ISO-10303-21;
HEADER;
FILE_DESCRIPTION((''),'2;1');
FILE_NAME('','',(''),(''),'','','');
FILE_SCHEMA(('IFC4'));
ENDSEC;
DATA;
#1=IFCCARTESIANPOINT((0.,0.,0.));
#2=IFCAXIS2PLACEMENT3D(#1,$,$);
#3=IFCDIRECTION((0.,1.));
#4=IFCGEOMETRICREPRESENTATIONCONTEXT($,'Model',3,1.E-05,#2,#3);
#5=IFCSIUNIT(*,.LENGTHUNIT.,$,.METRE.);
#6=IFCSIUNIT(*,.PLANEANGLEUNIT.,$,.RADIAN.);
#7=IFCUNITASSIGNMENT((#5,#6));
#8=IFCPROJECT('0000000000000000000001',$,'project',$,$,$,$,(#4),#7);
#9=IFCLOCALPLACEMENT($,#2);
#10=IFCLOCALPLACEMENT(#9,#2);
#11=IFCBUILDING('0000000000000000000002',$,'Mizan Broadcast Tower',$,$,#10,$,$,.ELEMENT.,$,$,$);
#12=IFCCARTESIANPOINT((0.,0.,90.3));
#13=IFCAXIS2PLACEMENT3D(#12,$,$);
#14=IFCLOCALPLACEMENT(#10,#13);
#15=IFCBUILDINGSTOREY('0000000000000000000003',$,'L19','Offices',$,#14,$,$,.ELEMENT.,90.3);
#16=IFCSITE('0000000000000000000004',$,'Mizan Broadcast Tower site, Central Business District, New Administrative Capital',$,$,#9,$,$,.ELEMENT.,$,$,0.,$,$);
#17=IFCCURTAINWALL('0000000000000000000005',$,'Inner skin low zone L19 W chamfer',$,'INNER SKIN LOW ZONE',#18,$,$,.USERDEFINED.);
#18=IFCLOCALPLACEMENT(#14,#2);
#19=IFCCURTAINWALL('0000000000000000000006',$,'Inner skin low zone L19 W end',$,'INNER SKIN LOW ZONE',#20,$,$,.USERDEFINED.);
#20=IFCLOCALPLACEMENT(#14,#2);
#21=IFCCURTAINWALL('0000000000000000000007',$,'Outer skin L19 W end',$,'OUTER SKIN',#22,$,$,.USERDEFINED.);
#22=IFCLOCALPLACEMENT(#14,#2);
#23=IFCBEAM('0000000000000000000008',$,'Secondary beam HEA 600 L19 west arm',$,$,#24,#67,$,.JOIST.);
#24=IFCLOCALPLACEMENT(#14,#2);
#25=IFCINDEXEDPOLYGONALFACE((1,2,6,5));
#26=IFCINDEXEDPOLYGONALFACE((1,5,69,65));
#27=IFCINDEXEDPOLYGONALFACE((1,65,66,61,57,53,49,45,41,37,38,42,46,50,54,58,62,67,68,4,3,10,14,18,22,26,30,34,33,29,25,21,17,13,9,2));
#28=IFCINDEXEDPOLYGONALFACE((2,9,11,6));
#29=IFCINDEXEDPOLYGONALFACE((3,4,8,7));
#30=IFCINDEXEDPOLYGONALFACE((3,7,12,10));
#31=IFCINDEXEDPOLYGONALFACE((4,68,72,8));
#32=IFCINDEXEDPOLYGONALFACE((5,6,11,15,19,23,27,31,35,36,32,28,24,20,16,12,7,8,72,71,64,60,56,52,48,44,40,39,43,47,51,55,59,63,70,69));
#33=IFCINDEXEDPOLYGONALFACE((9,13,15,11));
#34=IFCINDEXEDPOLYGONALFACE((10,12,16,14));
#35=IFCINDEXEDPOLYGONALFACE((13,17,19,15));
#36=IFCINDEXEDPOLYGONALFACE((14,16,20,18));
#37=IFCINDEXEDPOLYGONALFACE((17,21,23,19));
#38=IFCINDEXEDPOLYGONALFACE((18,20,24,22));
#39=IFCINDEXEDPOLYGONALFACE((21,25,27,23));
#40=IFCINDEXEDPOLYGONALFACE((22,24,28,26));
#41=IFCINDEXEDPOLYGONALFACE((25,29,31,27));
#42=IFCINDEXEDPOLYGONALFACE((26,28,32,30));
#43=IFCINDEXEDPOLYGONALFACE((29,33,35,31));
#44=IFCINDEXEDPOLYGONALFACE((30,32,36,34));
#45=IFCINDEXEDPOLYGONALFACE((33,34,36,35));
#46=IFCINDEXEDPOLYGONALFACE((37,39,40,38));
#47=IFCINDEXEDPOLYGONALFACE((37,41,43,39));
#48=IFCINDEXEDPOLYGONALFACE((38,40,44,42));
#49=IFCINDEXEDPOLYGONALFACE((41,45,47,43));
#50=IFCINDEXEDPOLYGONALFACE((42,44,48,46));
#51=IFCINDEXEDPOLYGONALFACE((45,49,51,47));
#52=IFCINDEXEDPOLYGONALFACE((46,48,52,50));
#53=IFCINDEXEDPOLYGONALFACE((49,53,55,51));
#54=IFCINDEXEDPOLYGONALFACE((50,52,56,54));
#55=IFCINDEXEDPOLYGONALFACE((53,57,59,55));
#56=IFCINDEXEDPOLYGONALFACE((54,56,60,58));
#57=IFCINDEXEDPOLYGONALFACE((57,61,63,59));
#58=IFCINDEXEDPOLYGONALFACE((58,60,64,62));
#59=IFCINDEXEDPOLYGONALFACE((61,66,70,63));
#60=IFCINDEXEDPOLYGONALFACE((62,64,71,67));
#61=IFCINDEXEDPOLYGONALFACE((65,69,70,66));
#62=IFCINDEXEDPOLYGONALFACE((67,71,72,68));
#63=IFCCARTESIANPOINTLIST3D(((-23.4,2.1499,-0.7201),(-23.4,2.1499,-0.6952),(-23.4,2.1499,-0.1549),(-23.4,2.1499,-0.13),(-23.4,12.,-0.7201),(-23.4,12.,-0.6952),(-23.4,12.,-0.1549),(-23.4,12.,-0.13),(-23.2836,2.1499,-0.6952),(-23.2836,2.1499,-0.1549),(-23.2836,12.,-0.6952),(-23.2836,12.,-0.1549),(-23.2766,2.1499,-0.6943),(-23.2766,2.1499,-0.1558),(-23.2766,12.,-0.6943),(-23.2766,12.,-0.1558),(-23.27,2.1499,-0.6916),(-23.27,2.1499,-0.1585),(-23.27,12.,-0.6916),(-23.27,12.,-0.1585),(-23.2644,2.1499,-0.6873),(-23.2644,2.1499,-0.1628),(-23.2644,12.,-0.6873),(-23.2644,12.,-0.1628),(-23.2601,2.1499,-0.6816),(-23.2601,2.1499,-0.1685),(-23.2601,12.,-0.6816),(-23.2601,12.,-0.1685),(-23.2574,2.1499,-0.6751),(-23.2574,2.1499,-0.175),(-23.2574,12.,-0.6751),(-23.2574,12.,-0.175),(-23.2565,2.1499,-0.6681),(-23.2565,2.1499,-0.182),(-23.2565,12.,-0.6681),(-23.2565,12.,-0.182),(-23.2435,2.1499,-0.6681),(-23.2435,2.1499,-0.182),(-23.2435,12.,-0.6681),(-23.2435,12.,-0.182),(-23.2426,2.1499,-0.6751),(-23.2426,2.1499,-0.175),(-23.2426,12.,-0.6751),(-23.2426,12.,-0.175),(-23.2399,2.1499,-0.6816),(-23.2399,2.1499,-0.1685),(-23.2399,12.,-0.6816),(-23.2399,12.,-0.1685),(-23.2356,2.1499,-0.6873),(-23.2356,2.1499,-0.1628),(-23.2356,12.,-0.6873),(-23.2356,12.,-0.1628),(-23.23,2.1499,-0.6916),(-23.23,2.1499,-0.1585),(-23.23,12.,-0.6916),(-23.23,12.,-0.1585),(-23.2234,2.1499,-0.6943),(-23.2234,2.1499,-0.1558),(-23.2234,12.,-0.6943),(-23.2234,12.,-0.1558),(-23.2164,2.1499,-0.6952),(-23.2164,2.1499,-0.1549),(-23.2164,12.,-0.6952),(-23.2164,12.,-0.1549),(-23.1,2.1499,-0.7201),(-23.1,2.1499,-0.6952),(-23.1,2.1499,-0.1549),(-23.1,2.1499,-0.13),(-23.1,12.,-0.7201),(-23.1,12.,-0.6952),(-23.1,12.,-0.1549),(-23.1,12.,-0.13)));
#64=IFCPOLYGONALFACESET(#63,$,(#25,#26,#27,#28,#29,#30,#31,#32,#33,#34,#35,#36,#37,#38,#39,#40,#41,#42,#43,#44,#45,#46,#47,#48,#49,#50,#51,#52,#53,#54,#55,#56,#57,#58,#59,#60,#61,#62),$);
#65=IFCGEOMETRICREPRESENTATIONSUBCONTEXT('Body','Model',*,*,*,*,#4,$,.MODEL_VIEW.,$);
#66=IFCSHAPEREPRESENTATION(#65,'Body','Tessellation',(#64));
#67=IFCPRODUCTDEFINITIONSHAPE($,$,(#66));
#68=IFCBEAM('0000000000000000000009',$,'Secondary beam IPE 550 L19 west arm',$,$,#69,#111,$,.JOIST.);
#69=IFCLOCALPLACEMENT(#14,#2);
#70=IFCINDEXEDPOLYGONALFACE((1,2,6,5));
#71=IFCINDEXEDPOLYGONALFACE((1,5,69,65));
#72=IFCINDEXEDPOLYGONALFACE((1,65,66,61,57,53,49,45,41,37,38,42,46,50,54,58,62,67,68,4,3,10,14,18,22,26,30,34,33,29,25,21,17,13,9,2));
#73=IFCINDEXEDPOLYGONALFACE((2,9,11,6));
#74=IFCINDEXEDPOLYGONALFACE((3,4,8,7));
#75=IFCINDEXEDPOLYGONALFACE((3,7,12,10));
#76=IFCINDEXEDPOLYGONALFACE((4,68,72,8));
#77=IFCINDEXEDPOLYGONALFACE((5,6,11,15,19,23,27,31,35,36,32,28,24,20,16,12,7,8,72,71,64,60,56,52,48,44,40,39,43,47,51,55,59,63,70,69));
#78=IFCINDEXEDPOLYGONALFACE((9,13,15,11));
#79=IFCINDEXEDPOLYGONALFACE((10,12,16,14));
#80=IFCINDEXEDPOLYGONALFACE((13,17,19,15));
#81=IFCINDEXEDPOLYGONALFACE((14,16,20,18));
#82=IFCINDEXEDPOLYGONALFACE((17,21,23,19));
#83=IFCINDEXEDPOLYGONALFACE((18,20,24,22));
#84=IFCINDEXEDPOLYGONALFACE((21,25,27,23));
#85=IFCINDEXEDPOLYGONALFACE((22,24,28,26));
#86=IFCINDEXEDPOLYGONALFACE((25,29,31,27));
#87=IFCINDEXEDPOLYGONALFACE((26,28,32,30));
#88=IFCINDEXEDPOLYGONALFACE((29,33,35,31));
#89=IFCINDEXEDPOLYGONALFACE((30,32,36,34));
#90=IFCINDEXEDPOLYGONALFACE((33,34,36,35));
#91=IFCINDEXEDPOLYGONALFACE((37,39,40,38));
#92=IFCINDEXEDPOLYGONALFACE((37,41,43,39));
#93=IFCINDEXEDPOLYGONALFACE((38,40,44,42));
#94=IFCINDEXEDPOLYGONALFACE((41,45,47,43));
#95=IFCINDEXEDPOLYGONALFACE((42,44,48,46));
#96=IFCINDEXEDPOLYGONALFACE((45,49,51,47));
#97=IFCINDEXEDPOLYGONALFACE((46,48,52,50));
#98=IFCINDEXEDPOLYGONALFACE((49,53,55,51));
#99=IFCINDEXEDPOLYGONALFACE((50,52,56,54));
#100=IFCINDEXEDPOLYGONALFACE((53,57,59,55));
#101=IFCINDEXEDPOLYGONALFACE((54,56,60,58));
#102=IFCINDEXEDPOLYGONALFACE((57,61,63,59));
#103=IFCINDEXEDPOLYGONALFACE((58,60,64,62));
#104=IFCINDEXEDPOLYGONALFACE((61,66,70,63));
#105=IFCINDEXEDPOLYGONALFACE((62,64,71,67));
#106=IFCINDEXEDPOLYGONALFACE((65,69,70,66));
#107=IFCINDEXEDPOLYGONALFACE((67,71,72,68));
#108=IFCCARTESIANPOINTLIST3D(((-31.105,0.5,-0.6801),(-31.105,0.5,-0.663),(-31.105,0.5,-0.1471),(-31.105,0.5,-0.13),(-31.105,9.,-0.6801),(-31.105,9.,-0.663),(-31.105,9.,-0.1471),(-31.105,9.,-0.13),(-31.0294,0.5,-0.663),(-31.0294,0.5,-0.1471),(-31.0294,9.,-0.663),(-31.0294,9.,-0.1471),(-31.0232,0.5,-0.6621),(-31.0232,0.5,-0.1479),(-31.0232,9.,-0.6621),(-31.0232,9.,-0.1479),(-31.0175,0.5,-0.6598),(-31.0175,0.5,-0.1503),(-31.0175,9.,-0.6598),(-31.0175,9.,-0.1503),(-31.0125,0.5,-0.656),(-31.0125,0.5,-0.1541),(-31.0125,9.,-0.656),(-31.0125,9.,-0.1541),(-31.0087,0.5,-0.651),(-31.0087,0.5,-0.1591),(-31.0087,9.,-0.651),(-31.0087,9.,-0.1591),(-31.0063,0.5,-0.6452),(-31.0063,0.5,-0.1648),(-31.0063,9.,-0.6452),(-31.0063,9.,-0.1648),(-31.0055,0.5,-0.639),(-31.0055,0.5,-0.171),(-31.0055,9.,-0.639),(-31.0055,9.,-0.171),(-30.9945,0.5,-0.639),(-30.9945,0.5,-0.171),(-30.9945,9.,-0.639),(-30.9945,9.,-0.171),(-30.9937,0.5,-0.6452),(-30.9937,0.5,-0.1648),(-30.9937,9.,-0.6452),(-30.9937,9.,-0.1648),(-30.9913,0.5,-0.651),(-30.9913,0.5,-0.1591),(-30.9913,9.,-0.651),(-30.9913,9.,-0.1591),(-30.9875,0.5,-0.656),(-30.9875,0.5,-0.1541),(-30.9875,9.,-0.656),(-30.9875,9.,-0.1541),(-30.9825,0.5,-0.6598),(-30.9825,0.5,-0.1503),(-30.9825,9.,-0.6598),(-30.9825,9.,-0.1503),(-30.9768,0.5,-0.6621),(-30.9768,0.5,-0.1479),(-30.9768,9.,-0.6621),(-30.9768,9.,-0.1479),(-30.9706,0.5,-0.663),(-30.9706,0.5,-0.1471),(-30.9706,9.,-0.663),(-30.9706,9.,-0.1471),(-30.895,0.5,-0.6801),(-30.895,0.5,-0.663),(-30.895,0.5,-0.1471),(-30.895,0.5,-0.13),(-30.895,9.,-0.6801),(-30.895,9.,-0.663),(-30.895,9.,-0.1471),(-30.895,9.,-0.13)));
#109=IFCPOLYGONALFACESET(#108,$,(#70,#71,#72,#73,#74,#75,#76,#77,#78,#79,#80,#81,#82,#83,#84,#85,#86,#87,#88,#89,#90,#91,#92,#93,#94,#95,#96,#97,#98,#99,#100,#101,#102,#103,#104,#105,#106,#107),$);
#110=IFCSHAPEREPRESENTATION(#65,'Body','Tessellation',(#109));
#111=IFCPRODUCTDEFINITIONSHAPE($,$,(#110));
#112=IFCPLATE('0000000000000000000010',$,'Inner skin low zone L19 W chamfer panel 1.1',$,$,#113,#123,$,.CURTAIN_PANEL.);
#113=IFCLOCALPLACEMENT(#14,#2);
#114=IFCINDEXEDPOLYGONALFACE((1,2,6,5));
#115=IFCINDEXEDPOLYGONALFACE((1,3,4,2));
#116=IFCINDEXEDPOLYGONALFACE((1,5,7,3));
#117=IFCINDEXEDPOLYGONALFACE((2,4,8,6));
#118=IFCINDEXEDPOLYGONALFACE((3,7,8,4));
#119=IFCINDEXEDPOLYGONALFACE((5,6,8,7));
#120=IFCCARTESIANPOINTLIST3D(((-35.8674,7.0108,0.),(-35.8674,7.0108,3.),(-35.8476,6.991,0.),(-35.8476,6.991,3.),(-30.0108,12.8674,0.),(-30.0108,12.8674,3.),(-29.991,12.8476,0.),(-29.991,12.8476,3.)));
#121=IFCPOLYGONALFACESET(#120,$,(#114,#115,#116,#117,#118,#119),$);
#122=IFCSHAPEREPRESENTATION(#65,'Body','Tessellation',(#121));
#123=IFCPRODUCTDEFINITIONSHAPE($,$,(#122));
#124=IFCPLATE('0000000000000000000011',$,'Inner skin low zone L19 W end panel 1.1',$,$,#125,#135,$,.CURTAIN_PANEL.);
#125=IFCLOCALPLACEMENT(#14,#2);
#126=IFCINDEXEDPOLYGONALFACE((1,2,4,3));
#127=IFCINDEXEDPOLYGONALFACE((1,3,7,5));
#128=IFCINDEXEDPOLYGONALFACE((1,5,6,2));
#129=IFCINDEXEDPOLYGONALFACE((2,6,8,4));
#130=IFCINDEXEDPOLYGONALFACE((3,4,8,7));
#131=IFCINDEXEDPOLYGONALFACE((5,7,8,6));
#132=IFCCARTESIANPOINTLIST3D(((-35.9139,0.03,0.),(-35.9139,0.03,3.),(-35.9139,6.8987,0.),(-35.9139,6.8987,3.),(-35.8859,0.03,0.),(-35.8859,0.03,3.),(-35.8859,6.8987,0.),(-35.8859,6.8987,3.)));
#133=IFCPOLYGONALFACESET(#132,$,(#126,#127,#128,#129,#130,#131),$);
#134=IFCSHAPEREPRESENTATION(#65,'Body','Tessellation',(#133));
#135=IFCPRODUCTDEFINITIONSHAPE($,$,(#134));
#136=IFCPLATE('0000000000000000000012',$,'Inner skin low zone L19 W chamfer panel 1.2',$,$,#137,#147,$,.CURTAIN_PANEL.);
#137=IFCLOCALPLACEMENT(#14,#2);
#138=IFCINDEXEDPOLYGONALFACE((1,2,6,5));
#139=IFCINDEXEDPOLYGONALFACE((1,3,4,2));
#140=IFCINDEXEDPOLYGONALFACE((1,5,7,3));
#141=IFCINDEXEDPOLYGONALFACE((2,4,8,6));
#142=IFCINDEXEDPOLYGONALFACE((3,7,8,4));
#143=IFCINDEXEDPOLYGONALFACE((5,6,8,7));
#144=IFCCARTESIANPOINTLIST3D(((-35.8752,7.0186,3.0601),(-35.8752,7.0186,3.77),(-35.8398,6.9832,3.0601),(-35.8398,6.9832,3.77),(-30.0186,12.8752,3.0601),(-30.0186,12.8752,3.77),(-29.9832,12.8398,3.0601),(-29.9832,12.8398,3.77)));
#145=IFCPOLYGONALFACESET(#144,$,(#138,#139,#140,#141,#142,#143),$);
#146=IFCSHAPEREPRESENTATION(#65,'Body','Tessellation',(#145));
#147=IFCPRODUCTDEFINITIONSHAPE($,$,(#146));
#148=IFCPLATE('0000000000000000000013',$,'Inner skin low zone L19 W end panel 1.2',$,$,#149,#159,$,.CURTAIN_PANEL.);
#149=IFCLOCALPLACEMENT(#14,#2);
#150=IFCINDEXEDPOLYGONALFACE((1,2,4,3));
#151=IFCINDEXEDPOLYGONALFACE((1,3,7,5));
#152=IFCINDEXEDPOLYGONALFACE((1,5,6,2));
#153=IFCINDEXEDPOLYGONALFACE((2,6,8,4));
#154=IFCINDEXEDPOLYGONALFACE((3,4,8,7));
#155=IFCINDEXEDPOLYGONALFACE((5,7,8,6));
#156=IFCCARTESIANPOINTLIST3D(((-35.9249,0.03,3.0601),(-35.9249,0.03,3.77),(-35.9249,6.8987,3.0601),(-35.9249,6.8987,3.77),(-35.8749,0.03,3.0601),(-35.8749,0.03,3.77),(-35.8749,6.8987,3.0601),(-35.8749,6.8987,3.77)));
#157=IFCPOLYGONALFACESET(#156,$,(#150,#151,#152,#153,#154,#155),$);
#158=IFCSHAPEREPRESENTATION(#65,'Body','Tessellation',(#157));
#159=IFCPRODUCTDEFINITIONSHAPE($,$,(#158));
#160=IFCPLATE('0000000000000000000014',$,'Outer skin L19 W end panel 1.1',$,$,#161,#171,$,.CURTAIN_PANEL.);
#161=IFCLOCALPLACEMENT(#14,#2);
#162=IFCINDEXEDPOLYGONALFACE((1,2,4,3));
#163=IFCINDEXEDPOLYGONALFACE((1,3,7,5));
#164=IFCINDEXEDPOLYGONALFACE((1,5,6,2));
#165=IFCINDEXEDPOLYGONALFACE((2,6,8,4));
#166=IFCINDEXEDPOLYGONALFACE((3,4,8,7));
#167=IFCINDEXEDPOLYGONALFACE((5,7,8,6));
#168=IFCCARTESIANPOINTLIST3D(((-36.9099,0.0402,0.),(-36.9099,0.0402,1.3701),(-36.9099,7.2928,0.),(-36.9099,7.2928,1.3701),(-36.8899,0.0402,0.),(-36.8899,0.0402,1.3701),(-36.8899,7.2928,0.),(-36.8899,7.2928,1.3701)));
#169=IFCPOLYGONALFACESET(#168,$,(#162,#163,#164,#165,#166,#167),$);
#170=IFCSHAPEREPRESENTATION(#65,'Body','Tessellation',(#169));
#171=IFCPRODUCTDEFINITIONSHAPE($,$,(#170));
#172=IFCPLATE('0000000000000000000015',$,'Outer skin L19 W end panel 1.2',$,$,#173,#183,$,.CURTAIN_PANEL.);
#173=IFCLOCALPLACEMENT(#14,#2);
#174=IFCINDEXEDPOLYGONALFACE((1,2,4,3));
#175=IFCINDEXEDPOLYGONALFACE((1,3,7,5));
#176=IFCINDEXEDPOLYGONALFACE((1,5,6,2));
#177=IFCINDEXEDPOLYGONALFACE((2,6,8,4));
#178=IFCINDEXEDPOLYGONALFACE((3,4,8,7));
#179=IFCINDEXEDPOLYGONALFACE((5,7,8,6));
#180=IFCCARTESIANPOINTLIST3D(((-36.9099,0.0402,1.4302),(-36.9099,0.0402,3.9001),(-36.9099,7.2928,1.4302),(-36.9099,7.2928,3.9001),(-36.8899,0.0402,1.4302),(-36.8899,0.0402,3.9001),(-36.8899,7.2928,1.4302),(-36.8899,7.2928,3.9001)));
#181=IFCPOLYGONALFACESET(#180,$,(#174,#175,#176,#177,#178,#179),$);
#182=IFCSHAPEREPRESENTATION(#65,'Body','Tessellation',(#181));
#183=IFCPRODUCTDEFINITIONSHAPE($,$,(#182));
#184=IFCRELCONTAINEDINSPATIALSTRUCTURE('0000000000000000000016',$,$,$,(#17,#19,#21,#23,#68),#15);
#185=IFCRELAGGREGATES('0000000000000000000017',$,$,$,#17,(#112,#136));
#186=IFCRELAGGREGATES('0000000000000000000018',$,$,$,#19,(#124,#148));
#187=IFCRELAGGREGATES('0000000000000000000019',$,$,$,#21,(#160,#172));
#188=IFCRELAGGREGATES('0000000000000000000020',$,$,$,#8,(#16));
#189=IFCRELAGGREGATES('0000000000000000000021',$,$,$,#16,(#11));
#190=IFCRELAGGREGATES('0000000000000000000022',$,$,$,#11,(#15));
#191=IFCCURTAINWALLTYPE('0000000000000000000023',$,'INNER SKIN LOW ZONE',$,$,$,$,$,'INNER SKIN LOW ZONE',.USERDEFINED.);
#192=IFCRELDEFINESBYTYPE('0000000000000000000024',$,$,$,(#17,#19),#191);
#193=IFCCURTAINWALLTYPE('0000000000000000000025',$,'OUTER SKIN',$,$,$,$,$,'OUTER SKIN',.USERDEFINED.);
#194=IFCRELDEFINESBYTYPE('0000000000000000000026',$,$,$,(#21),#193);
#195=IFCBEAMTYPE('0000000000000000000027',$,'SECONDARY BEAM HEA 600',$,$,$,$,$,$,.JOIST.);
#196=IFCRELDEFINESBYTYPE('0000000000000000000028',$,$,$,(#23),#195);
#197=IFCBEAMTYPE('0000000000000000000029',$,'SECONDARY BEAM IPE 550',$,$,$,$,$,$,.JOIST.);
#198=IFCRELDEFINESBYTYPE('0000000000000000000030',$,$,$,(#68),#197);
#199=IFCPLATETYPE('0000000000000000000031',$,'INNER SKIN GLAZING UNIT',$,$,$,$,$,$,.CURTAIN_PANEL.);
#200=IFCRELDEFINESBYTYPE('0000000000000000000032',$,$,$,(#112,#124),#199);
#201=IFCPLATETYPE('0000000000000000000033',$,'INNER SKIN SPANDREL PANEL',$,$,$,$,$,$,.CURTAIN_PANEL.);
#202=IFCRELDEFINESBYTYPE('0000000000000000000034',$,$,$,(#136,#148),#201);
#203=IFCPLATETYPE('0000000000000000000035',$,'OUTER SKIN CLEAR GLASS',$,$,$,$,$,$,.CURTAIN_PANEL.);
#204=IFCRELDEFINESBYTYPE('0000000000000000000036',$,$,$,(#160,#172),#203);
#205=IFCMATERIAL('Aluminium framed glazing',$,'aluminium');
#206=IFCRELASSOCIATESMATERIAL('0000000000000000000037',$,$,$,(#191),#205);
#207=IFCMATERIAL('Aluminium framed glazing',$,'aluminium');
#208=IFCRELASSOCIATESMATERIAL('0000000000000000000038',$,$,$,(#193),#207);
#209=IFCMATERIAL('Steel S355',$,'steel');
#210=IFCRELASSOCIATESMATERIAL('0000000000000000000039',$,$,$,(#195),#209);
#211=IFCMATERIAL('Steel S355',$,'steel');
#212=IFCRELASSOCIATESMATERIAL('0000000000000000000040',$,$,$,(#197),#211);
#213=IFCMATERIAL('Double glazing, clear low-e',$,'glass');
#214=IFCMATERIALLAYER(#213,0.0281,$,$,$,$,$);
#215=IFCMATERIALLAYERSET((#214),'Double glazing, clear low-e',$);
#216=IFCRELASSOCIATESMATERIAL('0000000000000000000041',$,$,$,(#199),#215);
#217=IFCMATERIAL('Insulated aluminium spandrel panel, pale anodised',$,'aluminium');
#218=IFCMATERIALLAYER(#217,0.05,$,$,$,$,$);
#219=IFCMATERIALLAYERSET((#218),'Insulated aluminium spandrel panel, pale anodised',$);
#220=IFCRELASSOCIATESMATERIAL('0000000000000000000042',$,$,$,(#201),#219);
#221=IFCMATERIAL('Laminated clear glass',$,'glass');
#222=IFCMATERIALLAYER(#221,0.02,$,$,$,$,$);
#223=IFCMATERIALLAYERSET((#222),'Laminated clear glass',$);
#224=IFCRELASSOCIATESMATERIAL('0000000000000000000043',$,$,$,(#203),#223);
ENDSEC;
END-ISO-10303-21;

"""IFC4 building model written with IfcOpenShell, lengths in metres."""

from ifc_helpers import new_model, si_unit, direction, frame, origin, origin_2d, place, context, subcontext, project, spatial, rectangle, i_section, extrude, material, layer, layer_set, material_profile, profile_set, type_object, element, aggregate, save


model = new_model("IFC4")

# Units and contexts
model_context = context("Model", 3, precision=1e-05, world=origin(), true_north=direction((0.0, 1.0)))
body_context = subcontext(model_context, "Body", "Model", "MODEL_VIEW")
ifc_project = project(units=[si_unit("LENGTHUNIT", "METRE"), si_unit("PLANEANGLEUNIT", "RADIAN")], contexts=[model_context])

# Site, building, storey
site_placement = place(None, origin())
site = spatial("IfcSite", under=ifc_project, at=site_placement, Name="Mizan Broadcast Tower site, Central Business District, New Administrative Capital", CompositionType="ELEMENT", RefElevation=0.0)
building_placement = place(site_placement, origin())
building = spatial("IfcBuilding", under=site, at=building_placement, Name="Mizan Broadcast Tower", CompositionType="ELEMENT")
storey_placement = place(building_placement, frame((0.0, 0.0, 90.3)))
storey = spatial("IfcBuildingStorey", under=building, at=storey_placement, Name="L19", Description="Offices", CompositionType="ELEMENT", Elevation=90.3)

# Curtain wall
ifc_material_1 = material(Name="Aluminium framed glazing", Category="aluminium")
curtain_wall_type_1 = type_object("IfcCurtainWallType", Name="INNER SKIN LOW ZONE", ElementType="INNER SKIN LOW ZONE", PredefinedType="USERDEFINED", material=ifc_material_1)
curtain_wall_1_placement = place(storey_placement, origin())
curtain_wall_1 = element("IfcCurtainWall", 1, at=curtain_wall_1_placement, inside=storey, type_object=curtain_wall_type_1, Name="Inner skin low zone L19 W chamfer", ObjectType="INNER SKIN LOW ZONE", PredefinedType="USERDEFINED")

# Curtain wall
curtain_wall_2_placement = place(storey_placement, origin())
curtain_wall_2 = element("IfcCurtainWall", 2, at=curtain_wall_2_placement, inside=storey, type_object=curtain_wall_type_1, Name="Inner skin low zone L19 W end", ObjectType="INNER SKIN LOW ZONE", PredefinedType="USERDEFINED")
ifc_material_2 = material(Name="Aluminium framed glazing", Category="aluminium")
curtain_wall_type_2 = type_object("IfcCurtainWallType", Name="OUTER SKIN", ElementType="OUTER SKIN", PredefinedType="USERDEFINED", material=ifc_material_2)

# Curtain wall
curtain_wall_3_placement = place(storey_placement, origin())
curtain_wall_3 = element("IfcCurtainWall", 3, at=curtain_wall_3_placement, inside=storey, type_object=curtain_wall_type_2, Name="Outer skin L19 W end", ObjectType="OUTER SKIN", PredefinedType="USERDEFINED")

# Beams
ifc_material_3 = material(Name="Steel S355", Category="steel")
ifc_material_profile_1 = material_profile(ifc_material_3, i_section(OverallWidth=0.3, OverallDepth=0.5901, WebThickness=0.0129, FlangeThickness=0.0249, FilletRadius=0.0271, at=origin_2d()), Name="HEA 600")
ifc_profile_set_1 = profile_set([ifc_material_profile_1], Name="Steel S355")
beam_type_1 = type_object("IfcBeamType", Name="SECONDARY BEAM HEA 600", PredefinedType="JOIST", material=ifc_profile_set_1)
for number, where, z_axis, x_axis, name in (
    (4, (-23.25, 12.0, -0.425), (0.0, -1.0, 0.0), (1.0, 0.0, 0.0), "Secondary beam HEA 600 L19 west arm"),
):
    element("IfcBeam", number, at=place(storey_placement, frame(where, z_axis=z_axis, x_axis=x_axis)), inside=storey, type_object=beam_type_1, Name=name, PredefinedType="JOIST", context=body_context, shape_type="SweptSolid", body=[
        extrude(i_section(OverallWidth=0.3, OverallDepth=0.5901, WebThickness=0.0129, FlangeThickness=0.0249, FilletRadius=0.0271, at=origin_2d()), origin(), (0.0, 0.0, 1.0), 9.8501),
    ])
ifc_material_4 = material(Name="Steel S355", Category="steel")
ifc_material_profile_2 = material_profile(ifc_material_4, i_section(OverallWidth=0.21, OverallDepth=0.55, WebThickness=0.011, FlangeThickness=0.0171, FilletRadius=0.0239, at=origin_2d()), Name="IPE 550")
ifc_profile_set_2 = profile_set([ifc_material_profile_2], Name="Steel S355")
beam_type_2 = type_object("IfcBeamType", Name="SECONDARY BEAM IPE 550", PredefinedType="JOIST", material=ifc_profile_set_2)
beam_1_placement = place(storey_placement, frame((-31.0, 9.0, -0.405), z_axis=(0.0, -1.0, 0.0), x_axis=(1.0, 0.0, 0.0)))
element("IfcBeam", 5, at=beam_1_placement, inside=storey, type_object=beam_type_2, Name="Secondary beam IPE 550 L19 west arm", PredefinedType="JOIST", context=body_context, shape_type="SweptSolid", body=[
    extrude(i_section(OverallWidth=0.21, OverallDepth=0.55, WebThickness=0.011, FlangeThickness=0.0171, FilletRadius=0.0239, at=origin_2d()), origin(), (0.0, 0.0, 1.0), 8.5),
])

# Plates
ifc_material_5 = material(Name="Double glazing, clear low-e", Category="glass")
ifc_layer_1 = layer(ifc_material_5, 0.0281)
ifc_layer_set_1 = layer_set([ifc_layer_1], Name="Double glazing, clear low-e")
plate_type_1 = type_object("IfcPlateType", Name="INNER SKIN GLAZING UNIT", PredefinedType="CURTAIN_PANEL", material=ifc_layer_set_1)
plate_1_placement = place(storey_placement, frame((-32.9292, 9.9292, 0.0), z_axis=(0.0, 0.0, 1.0), x_axis=(-0.707107, -0.707107, 0.0)))
plate_1 = element("IfcPlate", 6, at=plate_1_placement, type_object=plate_type_1, Name="Inner skin low zone L19 W chamfer panel 1.1", PredefinedType="CURTAIN_PANEL", context=body_context, shape_type="SweptSolid", body=[
    extrude(rectangle(XDim=8.2825, YDim=0.0281, at=origin_2d()), origin(), (0.0, 0.0, 1.0), 3.0),
])
plate_2_placement = place(storey_placement, frame((-35.8999, 3.4644, 0.0), z_axis=(0.0, 0.0, 1.0), x_axis=(0.0, -1.0, 0.0)))
plate_2 = element("IfcPlate", 7, at=plate_2_placement, type_object=plate_type_1, Name="Inner skin low zone L19 W end panel 1.1", PredefinedType="CURTAIN_PANEL", context=body_context, shape_type="SweptSolid", body=[
    extrude(rectangle(XDim=6.8687, YDim=0.0281, at=origin_2d()), origin(), (0.0, 0.0, 1.0), 3.0),
])
ifc_material_6 = material(Name="Insulated aluminium spandrel panel, pale anodised", Category="aluminium")
ifc_layer_2 = layer(ifc_material_6, 0.05)
ifc_layer_set_2 = layer_set([ifc_layer_2], Name="Insulated aluminium spandrel panel, pale anodised")
plate_type_2 = type_object("IfcPlateType", Name="INNER SKIN SPANDREL PANEL", PredefinedType="CURTAIN_PANEL", material=ifc_layer_set_2)
plate_3_placement = place(storey_placement, frame((-32.9292, 9.9292, 3.0601), z_axis=(0.0, 0.0, 1.0), x_axis=(-0.707107, -0.707107, 0.0)))
plate_3 = element("IfcPlate", 8, at=plate_3_placement, type_object=plate_type_2, Name="Inner skin low zone L19 W chamfer panel 1.2", PredefinedType="CURTAIN_PANEL", context=body_context, shape_type="SweptSolid", body=[
    extrude(rectangle(XDim=8.2825, YDim=0.05, at=origin_2d()), origin(), (0.0, 0.0, 1.0), 0.71),
])
aggregate(curtain_wall_1, [plate_1, plate_3])
plate_4_placement = place(storey_placement, frame((-35.8999, 3.4644, 3.0601), z_axis=(0.0, 0.0, 1.0), x_axis=(0.0, -1.0, 0.0)))
plate_4 = element("IfcPlate", 9, at=plate_4_placement, type_object=plate_type_2, Name="Inner skin low zone L19 W end panel 1.2", PredefinedType="CURTAIN_PANEL", context=body_context, shape_type="SweptSolid", body=[
    extrude(rectangle(XDim=6.8687, YDim=0.05, at=origin_2d()), origin(), (0.0, 0.0, 1.0), 0.71),
])
aggregate(curtain_wall_2, [plate_2, plate_4])
ifc_material_7 = material(Name="Laminated clear glass", Category="glass")
ifc_layer_3 = layer(ifc_material_7, 0.02)
ifc_layer_set_3 = layer_set([ifc_layer_3], Name="Laminated clear glass")
plate_type_3 = type_object("IfcPlateType", Name="OUTER SKIN CLEAR GLASS", PredefinedType="CURTAIN_PANEL", material=ifc_layer_set_3)
plate_5_placement = place(storey_placement, frame((-36.8999, 3.6665, 0.0), z_axis=(0.0, 0.0, 1.0), x_axis=(0.0, -1.0, 0.0)))
plate_5 = element("IfcPlate", 10, at=plate_5_placement, type_object=plate_type_3, Name="Outer skin L19 W end panel 1.1", PredefinedType="CURTAIN_PANEL", context=body_context, shape_type="SweptSolid", body=[
    extrude(rectangle(XDim=7.2527, YDim=0.02, at=origin_2d()), origin(), (0.0, 0.0, 1.0), 1.3701),
])
plate_6_placement = place(storey_placement, frame((-36.8999, 3.6665, 1.4302), z_axis=(0.0, 0.0, 1.0), x_axis=(0.0, -1.0, 0.0)))
plate_6 = element("IfcPlate", 11, at=plate_6_placement, type_object=plate_type_3, Name="Outer skin L19 W end panel 1.2", PredefinedType="CURTAIN_PANEL", context=body_context, shape_type="SweptSolid", body=[
    extrude(rectangle(XDim=7.2527, YDim=0.02, at=origin_2d()), origin(), (0.0, 0.0, 1.0), 2.47),
])
aggregate(curtain_wall_3, [plate_5, plate_6])

save(model, "model.ifc")
